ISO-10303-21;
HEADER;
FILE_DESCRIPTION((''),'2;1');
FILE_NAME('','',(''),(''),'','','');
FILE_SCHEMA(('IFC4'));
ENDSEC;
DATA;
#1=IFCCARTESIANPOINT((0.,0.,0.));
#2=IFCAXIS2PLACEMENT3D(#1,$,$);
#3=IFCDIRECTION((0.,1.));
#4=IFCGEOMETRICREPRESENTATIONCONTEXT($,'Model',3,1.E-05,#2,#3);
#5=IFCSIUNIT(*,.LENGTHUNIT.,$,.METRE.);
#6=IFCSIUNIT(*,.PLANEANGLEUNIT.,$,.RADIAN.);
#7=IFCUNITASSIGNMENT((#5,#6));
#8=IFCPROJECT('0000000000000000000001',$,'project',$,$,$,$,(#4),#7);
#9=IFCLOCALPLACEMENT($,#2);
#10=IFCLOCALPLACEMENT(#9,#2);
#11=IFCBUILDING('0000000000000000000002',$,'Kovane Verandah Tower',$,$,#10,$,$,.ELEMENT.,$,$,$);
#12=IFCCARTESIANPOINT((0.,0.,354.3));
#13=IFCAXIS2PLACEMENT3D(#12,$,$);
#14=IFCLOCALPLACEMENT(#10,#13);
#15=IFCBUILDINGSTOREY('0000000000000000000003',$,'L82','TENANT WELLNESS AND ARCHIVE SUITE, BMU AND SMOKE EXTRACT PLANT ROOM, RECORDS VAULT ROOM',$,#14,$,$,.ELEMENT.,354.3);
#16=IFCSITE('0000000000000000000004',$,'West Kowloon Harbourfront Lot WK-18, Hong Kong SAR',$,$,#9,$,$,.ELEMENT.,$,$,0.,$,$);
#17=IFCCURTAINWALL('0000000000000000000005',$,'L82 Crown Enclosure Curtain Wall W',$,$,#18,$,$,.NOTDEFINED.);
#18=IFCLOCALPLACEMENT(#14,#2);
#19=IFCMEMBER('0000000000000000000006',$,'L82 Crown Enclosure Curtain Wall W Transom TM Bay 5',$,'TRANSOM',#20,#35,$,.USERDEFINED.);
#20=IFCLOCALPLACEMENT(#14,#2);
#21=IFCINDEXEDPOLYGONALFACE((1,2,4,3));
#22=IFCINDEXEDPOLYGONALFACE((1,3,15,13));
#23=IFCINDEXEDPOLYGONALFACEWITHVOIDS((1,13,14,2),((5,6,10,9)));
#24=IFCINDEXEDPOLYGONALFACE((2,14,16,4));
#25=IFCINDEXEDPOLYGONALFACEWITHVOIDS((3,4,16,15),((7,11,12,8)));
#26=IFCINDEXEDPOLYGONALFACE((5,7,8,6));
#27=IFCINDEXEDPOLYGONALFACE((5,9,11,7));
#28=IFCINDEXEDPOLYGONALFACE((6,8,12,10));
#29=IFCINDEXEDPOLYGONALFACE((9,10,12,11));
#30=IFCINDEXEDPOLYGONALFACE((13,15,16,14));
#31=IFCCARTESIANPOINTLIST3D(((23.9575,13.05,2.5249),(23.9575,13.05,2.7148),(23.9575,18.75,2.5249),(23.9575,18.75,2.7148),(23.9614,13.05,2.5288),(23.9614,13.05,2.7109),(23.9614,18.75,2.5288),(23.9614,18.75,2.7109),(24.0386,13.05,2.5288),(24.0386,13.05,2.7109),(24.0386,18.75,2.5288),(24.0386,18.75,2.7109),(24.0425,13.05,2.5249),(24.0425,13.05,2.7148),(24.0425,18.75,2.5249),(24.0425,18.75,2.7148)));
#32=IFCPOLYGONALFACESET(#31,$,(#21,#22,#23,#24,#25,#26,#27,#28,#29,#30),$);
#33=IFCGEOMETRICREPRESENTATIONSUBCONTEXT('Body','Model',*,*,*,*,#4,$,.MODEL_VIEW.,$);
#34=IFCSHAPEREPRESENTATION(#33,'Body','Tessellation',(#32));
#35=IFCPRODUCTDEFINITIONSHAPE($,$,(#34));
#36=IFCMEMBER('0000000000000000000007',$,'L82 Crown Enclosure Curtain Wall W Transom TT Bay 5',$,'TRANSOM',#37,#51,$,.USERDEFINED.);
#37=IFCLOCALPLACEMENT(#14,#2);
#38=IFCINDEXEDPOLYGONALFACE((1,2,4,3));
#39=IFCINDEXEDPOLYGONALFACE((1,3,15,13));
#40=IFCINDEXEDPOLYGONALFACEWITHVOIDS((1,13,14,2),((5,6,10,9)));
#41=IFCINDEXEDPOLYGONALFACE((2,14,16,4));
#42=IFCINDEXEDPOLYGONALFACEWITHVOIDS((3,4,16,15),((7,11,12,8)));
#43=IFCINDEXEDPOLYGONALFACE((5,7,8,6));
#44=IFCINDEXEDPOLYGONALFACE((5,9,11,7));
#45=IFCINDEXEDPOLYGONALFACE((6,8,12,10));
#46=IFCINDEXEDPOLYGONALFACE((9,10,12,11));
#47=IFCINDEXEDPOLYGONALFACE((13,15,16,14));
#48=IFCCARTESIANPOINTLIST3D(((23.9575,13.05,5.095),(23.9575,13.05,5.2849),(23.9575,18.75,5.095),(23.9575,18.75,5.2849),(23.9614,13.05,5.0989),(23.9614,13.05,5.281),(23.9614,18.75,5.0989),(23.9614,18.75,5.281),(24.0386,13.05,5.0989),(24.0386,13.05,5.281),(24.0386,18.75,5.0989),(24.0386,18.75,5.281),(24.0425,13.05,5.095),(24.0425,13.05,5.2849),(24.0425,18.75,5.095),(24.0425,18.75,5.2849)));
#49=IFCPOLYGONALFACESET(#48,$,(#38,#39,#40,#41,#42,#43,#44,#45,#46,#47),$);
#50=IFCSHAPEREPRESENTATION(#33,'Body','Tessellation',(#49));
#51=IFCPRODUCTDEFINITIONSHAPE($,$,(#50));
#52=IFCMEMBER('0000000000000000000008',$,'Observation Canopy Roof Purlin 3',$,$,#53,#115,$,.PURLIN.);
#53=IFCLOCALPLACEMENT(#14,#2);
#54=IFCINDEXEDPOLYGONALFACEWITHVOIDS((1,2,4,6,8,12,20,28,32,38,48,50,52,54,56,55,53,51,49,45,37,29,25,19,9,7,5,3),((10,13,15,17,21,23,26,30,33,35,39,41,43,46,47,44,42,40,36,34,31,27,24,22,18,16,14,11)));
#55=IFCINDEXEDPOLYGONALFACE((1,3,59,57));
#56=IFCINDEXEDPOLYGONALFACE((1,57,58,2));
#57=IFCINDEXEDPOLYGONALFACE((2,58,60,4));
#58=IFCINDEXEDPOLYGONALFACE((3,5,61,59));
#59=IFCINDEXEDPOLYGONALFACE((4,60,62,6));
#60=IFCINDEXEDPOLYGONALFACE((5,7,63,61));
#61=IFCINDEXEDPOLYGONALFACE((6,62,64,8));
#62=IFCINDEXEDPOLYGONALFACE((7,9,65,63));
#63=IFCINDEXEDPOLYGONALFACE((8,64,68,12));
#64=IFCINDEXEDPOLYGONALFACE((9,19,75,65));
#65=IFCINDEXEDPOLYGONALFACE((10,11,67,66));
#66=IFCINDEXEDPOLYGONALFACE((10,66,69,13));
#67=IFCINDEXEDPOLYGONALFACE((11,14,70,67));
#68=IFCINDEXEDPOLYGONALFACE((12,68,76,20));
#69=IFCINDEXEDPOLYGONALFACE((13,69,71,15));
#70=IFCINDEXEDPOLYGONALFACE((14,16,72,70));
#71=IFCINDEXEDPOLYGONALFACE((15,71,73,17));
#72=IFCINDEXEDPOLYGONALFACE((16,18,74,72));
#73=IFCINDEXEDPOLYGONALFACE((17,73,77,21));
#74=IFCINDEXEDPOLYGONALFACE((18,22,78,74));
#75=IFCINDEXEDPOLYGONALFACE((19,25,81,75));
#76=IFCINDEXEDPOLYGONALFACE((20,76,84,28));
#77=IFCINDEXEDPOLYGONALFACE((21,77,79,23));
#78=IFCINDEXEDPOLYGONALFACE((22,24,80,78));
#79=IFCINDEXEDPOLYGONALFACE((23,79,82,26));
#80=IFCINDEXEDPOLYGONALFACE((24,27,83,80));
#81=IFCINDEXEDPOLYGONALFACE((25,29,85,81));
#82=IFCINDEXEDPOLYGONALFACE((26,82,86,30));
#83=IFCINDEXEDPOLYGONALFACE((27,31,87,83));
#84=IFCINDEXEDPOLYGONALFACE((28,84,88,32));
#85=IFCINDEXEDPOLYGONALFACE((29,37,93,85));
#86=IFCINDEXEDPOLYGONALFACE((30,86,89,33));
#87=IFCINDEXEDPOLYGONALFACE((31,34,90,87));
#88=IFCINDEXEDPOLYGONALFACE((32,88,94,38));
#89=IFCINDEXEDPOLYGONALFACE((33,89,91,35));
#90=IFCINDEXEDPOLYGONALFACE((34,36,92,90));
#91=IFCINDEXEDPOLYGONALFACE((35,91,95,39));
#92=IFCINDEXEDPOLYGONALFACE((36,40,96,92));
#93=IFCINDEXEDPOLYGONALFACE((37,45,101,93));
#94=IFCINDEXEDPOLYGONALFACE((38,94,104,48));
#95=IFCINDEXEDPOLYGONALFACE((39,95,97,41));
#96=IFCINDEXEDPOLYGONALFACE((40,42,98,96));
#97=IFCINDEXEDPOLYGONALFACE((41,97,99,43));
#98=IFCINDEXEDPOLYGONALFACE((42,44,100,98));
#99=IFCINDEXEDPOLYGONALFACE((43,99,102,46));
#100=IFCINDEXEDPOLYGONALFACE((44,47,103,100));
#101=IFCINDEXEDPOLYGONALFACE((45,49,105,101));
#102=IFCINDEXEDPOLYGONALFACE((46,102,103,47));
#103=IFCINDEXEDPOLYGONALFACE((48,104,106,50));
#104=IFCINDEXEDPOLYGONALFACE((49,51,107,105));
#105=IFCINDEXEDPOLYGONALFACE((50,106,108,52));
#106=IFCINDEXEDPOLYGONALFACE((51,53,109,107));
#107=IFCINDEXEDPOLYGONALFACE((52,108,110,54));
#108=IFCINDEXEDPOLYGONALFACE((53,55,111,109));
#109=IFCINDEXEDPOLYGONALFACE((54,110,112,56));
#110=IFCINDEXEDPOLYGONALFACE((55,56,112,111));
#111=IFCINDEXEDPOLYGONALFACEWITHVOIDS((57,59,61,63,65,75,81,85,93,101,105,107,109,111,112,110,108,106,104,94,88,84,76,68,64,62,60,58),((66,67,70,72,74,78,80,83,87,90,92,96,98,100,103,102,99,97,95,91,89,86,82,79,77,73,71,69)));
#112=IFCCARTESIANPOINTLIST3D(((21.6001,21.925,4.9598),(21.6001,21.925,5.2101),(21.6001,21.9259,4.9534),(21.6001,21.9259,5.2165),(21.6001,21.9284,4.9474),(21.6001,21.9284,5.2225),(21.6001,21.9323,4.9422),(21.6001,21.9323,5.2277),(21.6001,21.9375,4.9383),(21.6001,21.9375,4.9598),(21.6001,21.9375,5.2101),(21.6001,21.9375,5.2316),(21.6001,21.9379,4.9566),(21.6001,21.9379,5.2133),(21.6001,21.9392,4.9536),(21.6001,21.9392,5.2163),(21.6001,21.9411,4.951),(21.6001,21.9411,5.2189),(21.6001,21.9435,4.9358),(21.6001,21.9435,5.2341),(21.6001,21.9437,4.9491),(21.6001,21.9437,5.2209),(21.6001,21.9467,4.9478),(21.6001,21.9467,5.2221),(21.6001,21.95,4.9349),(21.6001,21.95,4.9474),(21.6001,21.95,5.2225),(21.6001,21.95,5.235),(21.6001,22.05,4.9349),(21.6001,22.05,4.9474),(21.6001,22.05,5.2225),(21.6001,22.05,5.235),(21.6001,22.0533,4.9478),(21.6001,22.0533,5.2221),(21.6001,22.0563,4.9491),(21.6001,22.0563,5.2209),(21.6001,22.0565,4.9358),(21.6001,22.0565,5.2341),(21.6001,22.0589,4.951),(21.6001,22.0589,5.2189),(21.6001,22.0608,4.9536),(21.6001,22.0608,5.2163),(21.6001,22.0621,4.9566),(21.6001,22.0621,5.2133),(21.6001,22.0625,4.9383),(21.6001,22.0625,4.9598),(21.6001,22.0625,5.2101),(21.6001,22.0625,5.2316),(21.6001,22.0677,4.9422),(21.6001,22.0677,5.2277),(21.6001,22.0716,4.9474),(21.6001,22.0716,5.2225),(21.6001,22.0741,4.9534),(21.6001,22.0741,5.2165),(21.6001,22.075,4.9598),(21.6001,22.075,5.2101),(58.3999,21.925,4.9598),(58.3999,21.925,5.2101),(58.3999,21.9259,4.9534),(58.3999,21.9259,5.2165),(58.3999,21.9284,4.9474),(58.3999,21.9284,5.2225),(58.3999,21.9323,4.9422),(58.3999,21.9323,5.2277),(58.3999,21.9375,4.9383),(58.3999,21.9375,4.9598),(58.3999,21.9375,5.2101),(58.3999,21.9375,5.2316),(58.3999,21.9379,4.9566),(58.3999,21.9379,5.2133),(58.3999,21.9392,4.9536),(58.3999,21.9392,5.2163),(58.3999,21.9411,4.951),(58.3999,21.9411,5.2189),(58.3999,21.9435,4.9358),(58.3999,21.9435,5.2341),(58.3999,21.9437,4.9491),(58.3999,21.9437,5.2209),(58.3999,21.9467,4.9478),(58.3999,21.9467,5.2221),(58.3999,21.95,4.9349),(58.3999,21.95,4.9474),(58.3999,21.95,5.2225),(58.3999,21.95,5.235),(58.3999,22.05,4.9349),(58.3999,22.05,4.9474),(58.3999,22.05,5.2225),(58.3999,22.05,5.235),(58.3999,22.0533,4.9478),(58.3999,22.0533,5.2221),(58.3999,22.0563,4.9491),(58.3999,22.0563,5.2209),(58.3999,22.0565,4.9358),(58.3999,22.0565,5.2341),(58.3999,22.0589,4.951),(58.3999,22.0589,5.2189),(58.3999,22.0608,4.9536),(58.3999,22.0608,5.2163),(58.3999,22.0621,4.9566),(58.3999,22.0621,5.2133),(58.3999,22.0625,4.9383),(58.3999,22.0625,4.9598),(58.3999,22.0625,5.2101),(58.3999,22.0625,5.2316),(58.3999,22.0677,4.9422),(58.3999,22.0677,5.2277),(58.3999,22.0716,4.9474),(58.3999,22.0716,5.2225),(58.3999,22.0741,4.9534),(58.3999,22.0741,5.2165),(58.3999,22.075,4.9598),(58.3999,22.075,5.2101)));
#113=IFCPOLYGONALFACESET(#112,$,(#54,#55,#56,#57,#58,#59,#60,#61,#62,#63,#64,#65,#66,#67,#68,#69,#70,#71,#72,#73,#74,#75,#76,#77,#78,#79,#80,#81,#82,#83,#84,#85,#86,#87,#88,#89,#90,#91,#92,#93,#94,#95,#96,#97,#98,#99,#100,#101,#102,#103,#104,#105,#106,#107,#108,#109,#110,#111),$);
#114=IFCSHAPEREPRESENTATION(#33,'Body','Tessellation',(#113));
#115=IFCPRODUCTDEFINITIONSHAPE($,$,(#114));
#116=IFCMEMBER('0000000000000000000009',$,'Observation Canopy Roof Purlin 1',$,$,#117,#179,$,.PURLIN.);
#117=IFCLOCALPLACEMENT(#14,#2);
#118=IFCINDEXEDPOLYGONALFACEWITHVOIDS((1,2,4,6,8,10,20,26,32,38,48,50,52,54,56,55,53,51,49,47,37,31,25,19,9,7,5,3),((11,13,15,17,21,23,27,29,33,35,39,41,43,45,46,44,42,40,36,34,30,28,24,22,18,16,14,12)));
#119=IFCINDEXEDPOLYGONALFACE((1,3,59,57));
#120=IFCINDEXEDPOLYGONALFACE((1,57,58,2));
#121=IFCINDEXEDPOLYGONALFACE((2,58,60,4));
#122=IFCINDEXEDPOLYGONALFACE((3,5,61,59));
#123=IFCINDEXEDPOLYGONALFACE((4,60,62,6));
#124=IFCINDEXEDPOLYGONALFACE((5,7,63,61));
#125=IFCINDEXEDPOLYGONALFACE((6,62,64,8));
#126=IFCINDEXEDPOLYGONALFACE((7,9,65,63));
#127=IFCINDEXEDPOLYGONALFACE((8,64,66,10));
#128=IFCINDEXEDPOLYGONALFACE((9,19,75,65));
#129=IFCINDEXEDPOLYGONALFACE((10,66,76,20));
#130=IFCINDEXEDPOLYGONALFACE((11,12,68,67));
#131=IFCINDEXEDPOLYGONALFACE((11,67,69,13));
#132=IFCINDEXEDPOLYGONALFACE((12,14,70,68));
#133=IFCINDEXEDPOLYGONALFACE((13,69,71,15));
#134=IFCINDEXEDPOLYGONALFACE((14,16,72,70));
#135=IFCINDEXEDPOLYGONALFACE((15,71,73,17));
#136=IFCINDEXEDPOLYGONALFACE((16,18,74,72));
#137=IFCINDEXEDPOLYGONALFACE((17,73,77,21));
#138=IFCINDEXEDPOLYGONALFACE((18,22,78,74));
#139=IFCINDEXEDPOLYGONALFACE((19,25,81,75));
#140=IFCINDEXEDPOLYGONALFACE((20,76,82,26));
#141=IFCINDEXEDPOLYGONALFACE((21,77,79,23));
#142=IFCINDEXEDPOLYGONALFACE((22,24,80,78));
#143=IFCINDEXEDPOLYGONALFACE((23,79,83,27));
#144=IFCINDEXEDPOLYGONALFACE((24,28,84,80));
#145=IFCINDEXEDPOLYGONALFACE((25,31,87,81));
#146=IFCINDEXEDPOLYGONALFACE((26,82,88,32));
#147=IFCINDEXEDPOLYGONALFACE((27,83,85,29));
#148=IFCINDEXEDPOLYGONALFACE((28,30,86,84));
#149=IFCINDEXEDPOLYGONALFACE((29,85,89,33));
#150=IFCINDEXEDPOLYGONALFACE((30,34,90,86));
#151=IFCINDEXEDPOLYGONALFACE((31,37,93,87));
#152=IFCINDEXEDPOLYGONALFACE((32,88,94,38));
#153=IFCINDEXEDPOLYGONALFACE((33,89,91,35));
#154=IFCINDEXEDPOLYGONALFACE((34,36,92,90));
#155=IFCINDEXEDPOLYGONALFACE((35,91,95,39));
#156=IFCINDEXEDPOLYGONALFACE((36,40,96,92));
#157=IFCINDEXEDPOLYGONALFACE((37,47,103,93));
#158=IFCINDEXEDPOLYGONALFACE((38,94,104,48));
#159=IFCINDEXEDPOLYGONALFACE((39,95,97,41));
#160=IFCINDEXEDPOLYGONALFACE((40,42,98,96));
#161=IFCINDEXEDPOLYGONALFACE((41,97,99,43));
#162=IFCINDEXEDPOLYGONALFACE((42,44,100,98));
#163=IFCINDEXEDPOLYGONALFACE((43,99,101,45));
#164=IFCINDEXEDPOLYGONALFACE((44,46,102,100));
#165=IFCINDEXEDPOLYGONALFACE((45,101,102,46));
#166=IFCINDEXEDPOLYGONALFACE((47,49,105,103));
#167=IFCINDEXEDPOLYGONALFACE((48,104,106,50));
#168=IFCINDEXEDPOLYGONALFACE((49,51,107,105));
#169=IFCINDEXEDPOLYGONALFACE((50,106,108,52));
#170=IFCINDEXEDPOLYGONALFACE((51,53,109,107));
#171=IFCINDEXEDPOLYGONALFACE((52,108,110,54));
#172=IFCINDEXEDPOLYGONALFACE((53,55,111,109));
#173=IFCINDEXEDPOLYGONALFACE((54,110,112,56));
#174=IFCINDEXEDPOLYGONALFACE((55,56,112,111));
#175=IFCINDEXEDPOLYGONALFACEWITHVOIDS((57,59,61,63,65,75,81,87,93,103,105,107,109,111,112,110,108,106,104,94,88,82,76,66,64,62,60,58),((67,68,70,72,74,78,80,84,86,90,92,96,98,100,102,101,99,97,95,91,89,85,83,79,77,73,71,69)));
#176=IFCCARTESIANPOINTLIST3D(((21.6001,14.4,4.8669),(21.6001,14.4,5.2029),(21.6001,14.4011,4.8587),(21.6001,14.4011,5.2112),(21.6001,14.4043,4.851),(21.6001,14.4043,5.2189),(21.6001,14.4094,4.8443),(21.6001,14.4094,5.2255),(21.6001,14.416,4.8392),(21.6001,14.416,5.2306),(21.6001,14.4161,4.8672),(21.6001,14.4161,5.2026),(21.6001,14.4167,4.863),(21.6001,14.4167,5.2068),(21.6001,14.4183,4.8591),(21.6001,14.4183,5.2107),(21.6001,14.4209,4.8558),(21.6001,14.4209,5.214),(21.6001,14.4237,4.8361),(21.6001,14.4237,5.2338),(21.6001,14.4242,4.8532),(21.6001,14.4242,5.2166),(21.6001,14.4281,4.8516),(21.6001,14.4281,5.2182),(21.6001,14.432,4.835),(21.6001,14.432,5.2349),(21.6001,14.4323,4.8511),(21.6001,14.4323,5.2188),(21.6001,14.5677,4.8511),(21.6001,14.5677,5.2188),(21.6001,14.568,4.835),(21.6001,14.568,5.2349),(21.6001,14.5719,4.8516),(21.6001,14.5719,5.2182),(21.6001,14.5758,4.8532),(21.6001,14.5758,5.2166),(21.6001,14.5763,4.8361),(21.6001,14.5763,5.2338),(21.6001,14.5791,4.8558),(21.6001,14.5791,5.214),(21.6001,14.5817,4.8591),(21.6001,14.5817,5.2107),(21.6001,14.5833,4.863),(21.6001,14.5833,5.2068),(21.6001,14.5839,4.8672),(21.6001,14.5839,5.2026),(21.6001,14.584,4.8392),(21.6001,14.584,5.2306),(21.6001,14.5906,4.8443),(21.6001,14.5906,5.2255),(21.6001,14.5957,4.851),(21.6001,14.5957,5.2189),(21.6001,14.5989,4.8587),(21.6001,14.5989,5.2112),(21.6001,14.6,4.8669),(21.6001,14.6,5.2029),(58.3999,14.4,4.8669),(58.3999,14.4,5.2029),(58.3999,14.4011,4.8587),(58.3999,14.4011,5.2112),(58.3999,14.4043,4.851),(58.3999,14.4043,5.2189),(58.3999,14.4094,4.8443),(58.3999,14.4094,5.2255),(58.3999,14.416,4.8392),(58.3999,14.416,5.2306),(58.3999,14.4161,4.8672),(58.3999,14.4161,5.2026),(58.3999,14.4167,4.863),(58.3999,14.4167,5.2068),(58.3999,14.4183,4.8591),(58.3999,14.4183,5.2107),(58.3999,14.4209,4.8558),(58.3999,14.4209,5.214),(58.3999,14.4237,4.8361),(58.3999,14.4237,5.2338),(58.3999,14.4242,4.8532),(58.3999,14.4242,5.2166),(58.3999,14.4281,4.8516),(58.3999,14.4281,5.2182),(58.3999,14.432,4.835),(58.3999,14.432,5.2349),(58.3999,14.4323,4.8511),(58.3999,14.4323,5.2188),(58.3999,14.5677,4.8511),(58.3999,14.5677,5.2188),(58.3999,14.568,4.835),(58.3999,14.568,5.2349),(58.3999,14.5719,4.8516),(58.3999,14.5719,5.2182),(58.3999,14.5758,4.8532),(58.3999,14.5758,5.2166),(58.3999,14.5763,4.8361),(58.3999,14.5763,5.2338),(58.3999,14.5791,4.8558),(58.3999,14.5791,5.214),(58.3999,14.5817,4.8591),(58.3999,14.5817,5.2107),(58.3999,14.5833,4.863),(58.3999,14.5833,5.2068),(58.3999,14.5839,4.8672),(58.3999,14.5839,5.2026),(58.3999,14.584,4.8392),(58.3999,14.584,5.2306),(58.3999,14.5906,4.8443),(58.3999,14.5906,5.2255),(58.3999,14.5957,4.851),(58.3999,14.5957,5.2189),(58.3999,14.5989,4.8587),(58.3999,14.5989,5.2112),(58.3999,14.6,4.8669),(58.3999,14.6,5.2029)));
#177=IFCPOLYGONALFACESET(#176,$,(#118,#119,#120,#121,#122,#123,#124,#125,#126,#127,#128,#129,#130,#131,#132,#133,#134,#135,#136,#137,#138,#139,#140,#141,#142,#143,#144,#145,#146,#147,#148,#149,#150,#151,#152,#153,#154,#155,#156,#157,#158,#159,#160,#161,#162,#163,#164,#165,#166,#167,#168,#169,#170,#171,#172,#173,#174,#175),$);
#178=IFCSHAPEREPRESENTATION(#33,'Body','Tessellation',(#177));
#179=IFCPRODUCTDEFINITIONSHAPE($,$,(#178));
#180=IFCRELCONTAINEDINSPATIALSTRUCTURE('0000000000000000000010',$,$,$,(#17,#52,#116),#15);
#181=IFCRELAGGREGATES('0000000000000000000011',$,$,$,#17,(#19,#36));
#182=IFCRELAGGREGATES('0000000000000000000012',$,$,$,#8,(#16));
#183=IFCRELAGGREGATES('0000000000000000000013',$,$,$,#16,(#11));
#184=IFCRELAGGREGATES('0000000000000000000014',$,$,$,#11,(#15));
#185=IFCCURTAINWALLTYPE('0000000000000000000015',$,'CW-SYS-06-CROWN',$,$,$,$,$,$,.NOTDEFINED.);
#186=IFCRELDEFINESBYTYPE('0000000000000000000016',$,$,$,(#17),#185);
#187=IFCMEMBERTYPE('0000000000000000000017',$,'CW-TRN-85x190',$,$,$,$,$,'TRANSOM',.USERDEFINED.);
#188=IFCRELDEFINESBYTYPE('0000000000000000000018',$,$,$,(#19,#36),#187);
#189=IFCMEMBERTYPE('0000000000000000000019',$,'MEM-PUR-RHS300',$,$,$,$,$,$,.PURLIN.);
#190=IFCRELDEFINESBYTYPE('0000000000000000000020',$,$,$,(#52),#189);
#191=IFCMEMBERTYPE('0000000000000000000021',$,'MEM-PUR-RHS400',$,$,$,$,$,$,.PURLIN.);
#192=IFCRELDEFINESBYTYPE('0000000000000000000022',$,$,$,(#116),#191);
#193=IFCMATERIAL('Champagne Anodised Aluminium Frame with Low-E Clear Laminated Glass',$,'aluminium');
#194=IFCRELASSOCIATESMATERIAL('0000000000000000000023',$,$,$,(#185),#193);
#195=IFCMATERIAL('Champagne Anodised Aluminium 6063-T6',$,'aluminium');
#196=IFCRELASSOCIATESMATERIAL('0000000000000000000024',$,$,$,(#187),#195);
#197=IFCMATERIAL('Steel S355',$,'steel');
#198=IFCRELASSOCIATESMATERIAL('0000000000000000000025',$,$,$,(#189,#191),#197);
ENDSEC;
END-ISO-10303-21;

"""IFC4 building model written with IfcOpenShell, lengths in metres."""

from ifc_helpers import new_model, si_unit, direction, frame, origin, origin_2d, place, context, subcontext, project, spatial, hollow_rectangle, extrude, material, material_profile, profile_set, type_object, element, aggregate, save


model = new_model("IFC4")

# Units and contexts
model_context = context("Model", 3, precision=1e-05, world=origin(), true_north=direction((0.0, 1.0)))
body_context = subcontext(model_context, "Body", "Model", "MODEL_VIEW")
ifc_project = project(units=[si_unit("LENGTHUNIT", "METRE"), si_unit("PLANEANGLEUNIT", "RADIAN")], contexts=[model_context])

# Site, building, storey
site_placement = place(None, origin())
site = spatial("IfcSite", under=ifc_project, at=site_placement, Name="West Kowloon Harbourfront Lot WK-18, Hong Kong SAR", CompositionType="ELEMENT", RefElevation=0.0)
building_placement = place(site_placement, origin())
building = spatial("IfcBuilding", under=site, at=building_placement, Name="Kovane Verandah Tower", CompositionType="ELEMENT")
storey_placement = place(building_placement, frame((0.0, 0.0, 354.3)))
storey = spatial("IfcBuildingStorey", under=building, at=storey_placement, Name="L82", Description="TENANT WELLNESS AND ARCHIVE SUITE, BMU AND SMOKE EXTRACT PLANT ROOM, RECORDS VAULT ROOM", CompositionType="ELEMENT", Elevation=354.3)

# Shared definitions
ifc_material_1 = material(Name="Steel S355", Category="steel")

# Curtain wall, members
ifc_material_2 = material(Name="Champagne Anodised Aluminium Frame with Low-E Clear Laminated Glass", Category="aluminium")
curtain_wall_type = type_object("IfcCurtainWallType", Name="CW-SYS-06-CROWN", PredefinedType="NOTDEFINED", material=ifc_material_2)
curtain_wall_placement = place(storey_placement, origin())
curtain_wall = element("IfcCurtainWall", 1, at=curtain_wall_placement, inside=storey, type_object=curtain_wall_type, Name="L82 Crown Enclosure Curtain Wall W", PredefinedType="NOTDEFINED")
ifc_material_3 = material(Name="Champagne Anodised Aluminium 6063-T6", Category="aluminium")
ifc_material_profile_1 = material_profile(ifc_material_3, hollow_rectangle(XDim=0.085, YDim=0.1899, WallThickness=0.0039, at=origin_2d()), Name="AL85x190x4")
ifc_profile_set_1 = profile_set([ifc_material_profile_1], Name="Champagne Anodised Aluminium 6063-T6")
member_type_1 = type_object("IfcMemberType", Name="CW-TRN-85x190", ElementType="TRANSOM", PredefinedType="USERDEFINED", material=ifc_profile_set_1)
member_1_placement = place(storey_placement, frame((24.0, 18.75, 2.6199), z_axis=(0.0, -1.0, 0.0), x_axis=(1.0, 0.0, 0.0)))
member_1 = element("IfcMember", 2, at=member_1_placement, type_object=member_type_1, Name="L82 Crown Enclosure Curtain Wall W Transom TM Bay 5", ObjectType="TRANSOM", PredefinedType="USERDEFINED", context=body_context, shape_type="SweptSolid", body=[
    extrude(hollow_rectangle(XDim=0.085, YDim=0.1899, WallThickness=0.0039, at=origin_2d()), origin(), (0.0, 0.0, 1.0), 5.7),
])
member_2_placement = place(storey_placement, frame((24.0, 18.75, 5.1899), z_axis=(0.0, -1.0, 0.0), x_axis=(1.0, 0.0, 0.0)))
member_2 = element("IfcMember", 3, at=member_2_placement, type_object=member_type_1, Name="L82 Crown Enclosure Curtain Wall W Transom TT Bay 5", ObjectType="TRANSOM", PredefinedType="USERDEFINED", context=body_context, shape_type="SweptSolid", body=[
    extrude(hollow_rectangle(XDim=0.085, YDim=0.1899, WallThickness=0.0039, at=origin_2d()), origin(), (0.0, 0.0, 1.0), 5.7),
])

# Members
ifc_material_profile_2 = material_profile(ifc_material_1, hollow_rectangle(XDim=0.1499, YDim=0.3, WallThickness=0.0125, InnerFilletRadius=0.0125, OuterFilletRadius=0.0249, at=origin_2d()), Name="RHS300x150x12.5")
ifc_profile_set_2 = profile_set([ifc_material_profile_2], Name="Steel S355")
member_type_2 = type_object("IfcMemberType", Name="MEM-PUR-RHS300", PredefinedType="PURLIN", material=ifc_profile_set_2)
member_3_placement = place(storey_placement, frame((21.6001, 22.0, 5.085), z_axis=(1.0, 0.0, 0.0), x_axis=(0.0, 1.0, 0.0)))
element("IfcMember", 4, at=member_3_placement, inside=storey, type_object=member_type_2, Name="Observation Canopy Roof Purlin 3", PredefinedType="PURLIN", context=body_context, shape_type="SweptSolid", body=[
    extrude(hollow_rectangle(XDim=0.1499, YDim=0.3, WallThickness=0.0125, InnerFilletRadius=0.0125, OuterFilletRadius=0.0249, at=origin_2d()), origin(), (0.0, 0.0, 1.0), 36.7998),
])
ifc_material_profile_3 = material_profile(ifc_material_1, hollow_rectangle(XDim=0.2, YDim=0.3999, WallThickness=0.0161, InnerFilletRadius=0.0161, OuterFilletRadius=0.032, at=origin_2d()), Name="RHS400x200x16")
ifc_profile_set_3 = profile_set([ifc_material_profile_3], Name="Steel S355")
member_type_3 = type_object("IfcMemberType", Name="MEM-PUR-RHS400", PredefinedType="PURLIN", material=ifc_profile_set_3)
for number, where, z_axis, x_axis, name in (
    (5, (21.6001, 14.5, 5.0349), (1.0, 0.0, 0.0), (0.0, 1.0, 0.0), "Observation Canopy Roof Purlin 1"),
):
    element("IfcMember", number, at=place(storey_placement, frame(where, z_axis=z_axis, x_axis=x_axis)), inside=storey, type_object=member_type_3, Name=name, PredefinedType="PURLIN", context=body_context, shape_type="SweptSolid", body=[
        extrude(hollow_rectangle(XDim=0.2, YDim=0.3999, WallThickness=0.0161, InnerFilletRadius=0.0161, OuterFilletRadius=0.032, at=origin_2d()), origin(), (0.0, 0.0, 1.0), 36.7998),
    ])

aggregate(curtain_wall, [member_1, member_2])

save(model, "model.ifc")
